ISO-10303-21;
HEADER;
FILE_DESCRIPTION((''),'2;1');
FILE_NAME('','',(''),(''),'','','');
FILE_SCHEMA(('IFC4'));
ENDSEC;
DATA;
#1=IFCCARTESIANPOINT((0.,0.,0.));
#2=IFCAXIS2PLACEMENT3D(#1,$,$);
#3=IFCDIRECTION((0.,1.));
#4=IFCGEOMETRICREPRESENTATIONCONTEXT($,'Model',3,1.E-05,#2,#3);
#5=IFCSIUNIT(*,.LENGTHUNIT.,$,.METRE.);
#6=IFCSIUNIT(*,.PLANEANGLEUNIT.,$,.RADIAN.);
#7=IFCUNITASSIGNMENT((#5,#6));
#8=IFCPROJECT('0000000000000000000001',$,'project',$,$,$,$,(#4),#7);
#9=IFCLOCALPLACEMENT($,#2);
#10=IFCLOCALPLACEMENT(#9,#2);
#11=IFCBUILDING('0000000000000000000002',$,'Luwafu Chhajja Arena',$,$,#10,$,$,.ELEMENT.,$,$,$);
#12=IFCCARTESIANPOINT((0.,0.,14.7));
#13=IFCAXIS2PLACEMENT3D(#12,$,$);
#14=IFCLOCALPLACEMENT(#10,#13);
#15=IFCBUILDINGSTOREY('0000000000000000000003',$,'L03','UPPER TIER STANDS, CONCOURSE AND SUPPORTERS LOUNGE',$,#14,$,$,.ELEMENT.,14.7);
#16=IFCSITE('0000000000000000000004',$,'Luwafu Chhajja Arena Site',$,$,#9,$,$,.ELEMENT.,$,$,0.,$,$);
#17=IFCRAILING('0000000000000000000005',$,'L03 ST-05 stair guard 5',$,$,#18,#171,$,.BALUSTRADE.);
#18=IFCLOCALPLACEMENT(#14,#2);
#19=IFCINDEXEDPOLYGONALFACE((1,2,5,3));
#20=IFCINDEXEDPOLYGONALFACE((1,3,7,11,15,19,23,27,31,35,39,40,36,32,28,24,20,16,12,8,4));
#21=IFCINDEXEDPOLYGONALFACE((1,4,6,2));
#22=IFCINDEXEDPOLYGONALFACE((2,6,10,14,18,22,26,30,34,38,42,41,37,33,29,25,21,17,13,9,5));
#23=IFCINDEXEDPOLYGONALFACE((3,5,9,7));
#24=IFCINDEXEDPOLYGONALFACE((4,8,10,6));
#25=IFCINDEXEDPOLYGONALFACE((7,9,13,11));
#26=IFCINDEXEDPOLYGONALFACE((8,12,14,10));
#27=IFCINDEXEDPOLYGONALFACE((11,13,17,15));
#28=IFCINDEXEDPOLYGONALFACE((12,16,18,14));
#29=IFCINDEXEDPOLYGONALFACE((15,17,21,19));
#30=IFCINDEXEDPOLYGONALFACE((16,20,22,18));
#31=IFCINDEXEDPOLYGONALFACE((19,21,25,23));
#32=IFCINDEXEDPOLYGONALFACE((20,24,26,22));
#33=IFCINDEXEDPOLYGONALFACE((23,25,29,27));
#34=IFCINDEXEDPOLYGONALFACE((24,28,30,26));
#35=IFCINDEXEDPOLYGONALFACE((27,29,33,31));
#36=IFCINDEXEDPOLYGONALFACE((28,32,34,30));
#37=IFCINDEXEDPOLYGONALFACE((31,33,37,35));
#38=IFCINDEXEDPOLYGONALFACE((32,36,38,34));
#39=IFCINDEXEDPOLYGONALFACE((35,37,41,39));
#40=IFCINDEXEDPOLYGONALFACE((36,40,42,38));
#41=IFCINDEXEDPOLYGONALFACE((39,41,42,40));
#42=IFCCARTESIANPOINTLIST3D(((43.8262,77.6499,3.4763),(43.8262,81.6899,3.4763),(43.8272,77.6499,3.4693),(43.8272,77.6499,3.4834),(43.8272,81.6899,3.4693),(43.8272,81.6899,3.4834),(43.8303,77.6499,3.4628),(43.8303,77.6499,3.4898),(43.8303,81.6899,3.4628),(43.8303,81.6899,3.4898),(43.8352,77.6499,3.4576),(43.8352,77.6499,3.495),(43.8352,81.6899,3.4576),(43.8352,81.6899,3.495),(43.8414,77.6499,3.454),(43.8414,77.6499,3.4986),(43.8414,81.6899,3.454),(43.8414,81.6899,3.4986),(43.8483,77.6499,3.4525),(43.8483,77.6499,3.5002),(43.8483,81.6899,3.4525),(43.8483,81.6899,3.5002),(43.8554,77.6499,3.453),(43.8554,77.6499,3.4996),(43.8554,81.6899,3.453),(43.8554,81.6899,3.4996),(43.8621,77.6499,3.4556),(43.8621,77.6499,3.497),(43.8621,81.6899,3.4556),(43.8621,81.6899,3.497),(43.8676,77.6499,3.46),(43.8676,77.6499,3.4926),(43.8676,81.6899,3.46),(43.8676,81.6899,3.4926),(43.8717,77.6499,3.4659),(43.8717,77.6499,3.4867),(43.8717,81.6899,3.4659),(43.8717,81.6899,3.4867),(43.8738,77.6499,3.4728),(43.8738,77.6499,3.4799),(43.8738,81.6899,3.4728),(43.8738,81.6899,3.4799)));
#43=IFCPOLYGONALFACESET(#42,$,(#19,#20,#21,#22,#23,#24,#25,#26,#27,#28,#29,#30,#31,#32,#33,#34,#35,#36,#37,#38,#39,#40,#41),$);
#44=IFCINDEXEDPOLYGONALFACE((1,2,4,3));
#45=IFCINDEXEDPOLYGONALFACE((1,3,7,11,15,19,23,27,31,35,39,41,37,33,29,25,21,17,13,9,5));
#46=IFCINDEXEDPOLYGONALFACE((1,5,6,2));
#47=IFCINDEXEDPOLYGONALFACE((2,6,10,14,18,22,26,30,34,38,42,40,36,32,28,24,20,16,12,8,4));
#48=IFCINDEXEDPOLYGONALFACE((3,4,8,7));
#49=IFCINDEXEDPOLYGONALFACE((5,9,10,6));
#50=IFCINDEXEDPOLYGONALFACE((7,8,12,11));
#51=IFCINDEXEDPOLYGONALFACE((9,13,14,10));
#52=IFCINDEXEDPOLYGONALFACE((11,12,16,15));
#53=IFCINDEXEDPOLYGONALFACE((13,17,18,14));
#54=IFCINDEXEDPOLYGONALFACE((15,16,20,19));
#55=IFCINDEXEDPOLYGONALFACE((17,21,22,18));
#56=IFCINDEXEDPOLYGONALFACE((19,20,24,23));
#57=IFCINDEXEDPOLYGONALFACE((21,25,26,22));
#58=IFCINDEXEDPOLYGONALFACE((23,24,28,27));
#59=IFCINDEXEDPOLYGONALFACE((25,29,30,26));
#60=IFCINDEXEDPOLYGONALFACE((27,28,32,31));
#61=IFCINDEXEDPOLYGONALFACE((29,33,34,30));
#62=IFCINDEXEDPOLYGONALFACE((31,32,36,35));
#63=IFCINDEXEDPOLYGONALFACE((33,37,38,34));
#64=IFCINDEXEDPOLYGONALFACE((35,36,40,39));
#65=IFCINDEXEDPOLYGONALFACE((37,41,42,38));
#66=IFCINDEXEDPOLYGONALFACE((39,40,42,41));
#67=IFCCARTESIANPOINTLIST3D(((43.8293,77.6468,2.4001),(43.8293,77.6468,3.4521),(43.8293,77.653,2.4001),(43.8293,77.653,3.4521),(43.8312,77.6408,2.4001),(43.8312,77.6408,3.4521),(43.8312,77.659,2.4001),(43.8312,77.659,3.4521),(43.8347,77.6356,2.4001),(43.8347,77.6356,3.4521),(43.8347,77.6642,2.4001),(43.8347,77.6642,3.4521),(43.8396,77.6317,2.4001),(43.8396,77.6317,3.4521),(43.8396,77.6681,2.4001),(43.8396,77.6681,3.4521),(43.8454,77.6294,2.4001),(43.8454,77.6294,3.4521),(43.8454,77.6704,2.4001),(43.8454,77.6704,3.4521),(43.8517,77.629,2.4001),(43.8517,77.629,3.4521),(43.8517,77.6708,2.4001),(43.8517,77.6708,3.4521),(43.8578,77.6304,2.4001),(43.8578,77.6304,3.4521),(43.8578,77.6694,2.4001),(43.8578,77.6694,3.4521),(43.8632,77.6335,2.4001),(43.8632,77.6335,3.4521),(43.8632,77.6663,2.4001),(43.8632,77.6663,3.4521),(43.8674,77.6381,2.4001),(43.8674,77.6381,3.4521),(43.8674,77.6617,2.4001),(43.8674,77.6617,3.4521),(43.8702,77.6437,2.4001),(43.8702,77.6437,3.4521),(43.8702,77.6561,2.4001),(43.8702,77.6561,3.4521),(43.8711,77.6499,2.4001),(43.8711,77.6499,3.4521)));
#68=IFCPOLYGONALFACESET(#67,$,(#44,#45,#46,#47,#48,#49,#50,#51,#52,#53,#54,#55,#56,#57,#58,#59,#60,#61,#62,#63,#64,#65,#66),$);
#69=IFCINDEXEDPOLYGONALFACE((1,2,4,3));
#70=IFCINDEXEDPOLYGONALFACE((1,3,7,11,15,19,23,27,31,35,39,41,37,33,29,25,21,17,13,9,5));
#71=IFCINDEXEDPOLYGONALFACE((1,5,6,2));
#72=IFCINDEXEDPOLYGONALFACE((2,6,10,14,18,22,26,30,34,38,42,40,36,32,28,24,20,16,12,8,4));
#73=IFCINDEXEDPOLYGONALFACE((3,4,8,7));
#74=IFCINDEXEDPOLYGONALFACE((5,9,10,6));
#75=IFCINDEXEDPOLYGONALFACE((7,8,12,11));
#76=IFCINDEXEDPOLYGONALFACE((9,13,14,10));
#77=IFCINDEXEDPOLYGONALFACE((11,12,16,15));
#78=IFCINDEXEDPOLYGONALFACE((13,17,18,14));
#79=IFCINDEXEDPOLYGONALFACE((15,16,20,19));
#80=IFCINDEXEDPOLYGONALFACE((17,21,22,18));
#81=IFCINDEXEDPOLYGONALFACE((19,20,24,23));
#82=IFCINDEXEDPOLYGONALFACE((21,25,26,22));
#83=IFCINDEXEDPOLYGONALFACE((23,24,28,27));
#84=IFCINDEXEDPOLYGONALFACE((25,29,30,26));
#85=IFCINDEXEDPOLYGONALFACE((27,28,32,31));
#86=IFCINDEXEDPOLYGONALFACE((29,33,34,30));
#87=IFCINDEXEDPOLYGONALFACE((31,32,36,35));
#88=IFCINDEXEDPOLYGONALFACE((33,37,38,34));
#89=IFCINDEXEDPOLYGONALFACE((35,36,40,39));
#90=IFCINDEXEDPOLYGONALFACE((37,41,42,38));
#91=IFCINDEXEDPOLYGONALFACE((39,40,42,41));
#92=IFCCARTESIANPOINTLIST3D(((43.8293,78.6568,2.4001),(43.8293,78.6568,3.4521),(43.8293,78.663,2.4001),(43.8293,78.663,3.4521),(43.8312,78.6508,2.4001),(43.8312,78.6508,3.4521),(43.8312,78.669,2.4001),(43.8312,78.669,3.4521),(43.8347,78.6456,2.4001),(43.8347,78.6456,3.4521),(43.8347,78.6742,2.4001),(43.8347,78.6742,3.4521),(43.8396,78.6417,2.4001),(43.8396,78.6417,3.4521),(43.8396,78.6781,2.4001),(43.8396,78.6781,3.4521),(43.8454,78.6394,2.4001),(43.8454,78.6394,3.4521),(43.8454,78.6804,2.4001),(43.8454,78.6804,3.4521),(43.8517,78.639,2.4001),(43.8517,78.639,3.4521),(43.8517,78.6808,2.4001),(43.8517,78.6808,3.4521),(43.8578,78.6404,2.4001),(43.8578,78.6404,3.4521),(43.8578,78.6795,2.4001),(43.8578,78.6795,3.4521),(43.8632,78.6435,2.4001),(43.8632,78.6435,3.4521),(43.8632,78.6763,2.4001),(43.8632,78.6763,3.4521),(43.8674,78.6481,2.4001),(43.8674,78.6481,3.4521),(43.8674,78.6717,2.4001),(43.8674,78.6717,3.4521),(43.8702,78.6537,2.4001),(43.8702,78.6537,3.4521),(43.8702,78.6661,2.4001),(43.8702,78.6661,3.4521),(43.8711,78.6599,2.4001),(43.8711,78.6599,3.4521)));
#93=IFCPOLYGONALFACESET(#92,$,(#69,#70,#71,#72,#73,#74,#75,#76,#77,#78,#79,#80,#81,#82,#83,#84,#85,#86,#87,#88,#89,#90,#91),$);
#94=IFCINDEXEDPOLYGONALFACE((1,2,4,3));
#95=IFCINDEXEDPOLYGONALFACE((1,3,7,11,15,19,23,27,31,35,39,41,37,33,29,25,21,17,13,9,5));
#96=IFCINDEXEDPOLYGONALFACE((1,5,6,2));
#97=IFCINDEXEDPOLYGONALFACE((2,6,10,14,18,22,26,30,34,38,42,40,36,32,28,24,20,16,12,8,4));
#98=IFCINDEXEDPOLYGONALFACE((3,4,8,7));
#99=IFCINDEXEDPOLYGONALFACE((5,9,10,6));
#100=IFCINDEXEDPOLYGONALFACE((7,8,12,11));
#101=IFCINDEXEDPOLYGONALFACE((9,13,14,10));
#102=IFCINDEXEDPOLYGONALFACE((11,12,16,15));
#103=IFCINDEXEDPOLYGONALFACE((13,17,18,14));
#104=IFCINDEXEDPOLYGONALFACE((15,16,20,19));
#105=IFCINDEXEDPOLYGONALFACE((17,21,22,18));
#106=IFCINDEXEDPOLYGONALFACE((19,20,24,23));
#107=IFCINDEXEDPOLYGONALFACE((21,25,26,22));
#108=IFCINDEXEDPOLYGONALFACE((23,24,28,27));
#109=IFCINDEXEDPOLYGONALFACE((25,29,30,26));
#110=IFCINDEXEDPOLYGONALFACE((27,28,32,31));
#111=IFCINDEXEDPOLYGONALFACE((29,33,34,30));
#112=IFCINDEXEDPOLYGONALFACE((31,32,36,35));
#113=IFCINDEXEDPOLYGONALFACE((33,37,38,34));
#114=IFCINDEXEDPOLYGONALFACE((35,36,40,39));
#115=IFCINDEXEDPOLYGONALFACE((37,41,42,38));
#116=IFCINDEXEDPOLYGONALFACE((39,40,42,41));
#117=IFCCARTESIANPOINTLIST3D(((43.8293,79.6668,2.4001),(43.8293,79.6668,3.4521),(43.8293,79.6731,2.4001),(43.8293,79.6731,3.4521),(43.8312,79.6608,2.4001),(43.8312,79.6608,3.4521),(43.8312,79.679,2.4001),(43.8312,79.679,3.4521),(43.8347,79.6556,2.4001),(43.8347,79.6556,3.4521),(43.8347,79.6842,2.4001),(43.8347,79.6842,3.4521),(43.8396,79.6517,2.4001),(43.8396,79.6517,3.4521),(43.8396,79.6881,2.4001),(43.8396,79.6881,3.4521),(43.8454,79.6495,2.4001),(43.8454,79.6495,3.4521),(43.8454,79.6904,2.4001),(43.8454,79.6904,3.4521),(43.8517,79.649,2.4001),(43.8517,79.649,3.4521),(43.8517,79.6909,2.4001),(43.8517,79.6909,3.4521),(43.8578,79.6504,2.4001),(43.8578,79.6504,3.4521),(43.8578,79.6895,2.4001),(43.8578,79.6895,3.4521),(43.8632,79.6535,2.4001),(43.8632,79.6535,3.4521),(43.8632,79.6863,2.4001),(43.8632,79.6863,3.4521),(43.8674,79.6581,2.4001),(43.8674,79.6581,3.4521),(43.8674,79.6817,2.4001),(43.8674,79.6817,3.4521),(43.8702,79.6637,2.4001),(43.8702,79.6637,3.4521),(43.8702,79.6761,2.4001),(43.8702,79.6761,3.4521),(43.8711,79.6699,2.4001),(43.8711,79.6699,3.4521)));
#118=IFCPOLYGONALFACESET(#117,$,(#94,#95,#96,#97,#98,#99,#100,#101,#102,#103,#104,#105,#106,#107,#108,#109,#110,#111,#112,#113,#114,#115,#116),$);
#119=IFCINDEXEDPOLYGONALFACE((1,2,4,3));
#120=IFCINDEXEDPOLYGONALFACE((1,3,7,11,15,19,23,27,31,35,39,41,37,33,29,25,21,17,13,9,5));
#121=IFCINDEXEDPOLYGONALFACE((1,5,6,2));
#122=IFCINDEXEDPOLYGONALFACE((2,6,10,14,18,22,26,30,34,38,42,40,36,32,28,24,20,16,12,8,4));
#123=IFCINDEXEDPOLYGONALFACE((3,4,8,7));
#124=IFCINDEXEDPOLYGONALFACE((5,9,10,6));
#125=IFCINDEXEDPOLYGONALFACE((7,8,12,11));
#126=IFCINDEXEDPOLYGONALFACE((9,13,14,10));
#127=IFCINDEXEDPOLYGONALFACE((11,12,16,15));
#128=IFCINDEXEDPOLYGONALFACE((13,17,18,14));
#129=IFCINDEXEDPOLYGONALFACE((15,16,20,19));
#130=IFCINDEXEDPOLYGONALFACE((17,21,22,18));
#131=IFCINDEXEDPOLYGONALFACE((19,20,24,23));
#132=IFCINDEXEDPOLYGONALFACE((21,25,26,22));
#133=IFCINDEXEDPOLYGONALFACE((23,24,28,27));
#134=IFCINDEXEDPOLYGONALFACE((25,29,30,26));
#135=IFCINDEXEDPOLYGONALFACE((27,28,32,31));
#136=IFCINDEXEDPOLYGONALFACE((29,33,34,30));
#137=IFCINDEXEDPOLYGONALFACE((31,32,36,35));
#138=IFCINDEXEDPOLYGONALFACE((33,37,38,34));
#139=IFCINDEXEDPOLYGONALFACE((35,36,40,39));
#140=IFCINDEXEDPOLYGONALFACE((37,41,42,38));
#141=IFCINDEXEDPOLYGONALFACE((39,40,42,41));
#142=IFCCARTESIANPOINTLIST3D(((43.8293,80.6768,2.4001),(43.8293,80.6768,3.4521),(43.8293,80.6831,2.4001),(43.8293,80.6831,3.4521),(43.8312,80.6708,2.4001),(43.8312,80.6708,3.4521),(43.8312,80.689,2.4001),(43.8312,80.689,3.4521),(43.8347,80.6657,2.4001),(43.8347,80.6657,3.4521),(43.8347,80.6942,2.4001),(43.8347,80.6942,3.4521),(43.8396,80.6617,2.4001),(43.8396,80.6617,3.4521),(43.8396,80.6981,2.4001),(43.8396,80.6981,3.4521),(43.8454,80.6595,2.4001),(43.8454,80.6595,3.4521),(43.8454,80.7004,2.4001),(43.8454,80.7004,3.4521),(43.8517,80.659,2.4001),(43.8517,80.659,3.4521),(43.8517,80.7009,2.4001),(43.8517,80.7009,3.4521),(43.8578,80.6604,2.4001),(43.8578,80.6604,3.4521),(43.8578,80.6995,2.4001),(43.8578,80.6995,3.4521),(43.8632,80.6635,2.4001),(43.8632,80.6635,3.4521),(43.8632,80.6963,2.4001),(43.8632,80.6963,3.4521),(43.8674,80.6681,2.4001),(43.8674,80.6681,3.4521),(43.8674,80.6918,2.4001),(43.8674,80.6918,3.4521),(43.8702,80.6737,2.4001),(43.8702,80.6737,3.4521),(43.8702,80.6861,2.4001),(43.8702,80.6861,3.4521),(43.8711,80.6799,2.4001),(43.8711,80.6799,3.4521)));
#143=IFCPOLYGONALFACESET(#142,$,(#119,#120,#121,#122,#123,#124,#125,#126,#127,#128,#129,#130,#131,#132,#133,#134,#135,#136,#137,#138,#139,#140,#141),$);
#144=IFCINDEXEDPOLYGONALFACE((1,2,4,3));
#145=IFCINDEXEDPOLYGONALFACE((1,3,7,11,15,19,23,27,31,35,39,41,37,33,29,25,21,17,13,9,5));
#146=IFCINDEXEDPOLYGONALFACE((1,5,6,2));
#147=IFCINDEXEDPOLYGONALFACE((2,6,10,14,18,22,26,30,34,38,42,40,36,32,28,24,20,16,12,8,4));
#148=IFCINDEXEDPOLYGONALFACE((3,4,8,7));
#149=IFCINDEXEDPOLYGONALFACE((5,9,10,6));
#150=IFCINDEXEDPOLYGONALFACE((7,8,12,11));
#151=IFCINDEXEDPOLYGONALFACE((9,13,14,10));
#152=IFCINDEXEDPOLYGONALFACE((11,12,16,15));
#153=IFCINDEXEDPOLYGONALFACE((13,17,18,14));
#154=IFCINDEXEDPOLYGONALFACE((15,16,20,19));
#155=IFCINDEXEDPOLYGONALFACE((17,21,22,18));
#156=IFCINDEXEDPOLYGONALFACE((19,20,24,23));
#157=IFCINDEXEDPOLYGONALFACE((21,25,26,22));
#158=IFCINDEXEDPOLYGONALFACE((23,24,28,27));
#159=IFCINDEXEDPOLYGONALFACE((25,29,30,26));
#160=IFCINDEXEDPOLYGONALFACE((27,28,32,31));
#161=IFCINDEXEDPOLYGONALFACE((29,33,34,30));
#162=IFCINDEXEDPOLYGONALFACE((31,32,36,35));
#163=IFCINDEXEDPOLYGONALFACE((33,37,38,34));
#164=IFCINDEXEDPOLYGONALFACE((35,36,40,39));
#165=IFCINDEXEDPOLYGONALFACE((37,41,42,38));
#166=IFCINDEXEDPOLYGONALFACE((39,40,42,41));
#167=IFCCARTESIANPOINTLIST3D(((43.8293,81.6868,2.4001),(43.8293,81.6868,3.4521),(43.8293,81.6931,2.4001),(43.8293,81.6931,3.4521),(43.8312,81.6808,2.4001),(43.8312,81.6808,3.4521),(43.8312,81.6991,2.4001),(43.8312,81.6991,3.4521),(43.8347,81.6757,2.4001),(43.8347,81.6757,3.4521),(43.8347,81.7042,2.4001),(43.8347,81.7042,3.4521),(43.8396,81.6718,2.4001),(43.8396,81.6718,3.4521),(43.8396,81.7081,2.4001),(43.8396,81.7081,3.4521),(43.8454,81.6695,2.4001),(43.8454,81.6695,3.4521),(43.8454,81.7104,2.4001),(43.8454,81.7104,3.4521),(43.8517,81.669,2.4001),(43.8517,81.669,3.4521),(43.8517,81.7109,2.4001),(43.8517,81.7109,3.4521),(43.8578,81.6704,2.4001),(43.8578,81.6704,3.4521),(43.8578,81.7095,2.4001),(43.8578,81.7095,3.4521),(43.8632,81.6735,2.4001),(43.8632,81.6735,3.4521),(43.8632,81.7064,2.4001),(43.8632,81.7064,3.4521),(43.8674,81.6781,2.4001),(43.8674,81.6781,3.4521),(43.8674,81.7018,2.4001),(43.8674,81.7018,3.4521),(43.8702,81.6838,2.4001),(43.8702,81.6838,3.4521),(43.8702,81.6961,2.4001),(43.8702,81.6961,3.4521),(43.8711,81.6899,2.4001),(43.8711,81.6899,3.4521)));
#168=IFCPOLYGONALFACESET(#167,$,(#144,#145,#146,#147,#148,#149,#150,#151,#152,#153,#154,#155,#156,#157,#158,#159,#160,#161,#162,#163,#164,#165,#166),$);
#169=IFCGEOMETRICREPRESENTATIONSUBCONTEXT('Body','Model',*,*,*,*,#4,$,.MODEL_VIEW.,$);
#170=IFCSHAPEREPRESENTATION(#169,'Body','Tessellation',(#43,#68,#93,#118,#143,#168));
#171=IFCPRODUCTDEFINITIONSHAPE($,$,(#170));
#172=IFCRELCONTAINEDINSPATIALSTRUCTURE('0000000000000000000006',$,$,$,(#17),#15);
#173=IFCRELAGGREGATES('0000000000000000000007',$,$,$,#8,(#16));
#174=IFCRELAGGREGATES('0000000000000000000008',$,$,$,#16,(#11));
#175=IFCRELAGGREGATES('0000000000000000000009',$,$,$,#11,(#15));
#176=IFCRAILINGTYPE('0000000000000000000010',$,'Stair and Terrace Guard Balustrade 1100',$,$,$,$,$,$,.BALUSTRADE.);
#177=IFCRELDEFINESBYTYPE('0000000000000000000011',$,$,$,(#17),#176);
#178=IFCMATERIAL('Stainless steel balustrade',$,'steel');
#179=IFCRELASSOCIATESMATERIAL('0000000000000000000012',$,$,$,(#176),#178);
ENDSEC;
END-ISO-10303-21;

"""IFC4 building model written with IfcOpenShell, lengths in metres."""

from ifc_helpers import new_model, si_unit, direction, frame, origin, origin_2d, place, context, subcontext, project, spatial, circle, extrude, material, type_object, element, save


model = new_model("IFC4")

# Units and contexts
model_context = context("Model", 3, precision=1e-05, world=origin(), true_north=direction((0.0, 1.0)))
body_context = subcontext(model_context, "Body", "Model", "MODEL_VIEW")
ifc_project = project(units=[si_unit("LENGTHUNIT", "METRE"), si_unit("PLANEANGLEUNIT", "RADIAN")], contexts=[model_context])

# Site, building, storey
site_placement = place(None, origin())
site = spatial("IfcSite", under=ifc_project, at=site_placement, Name="Luwafu Chhajja Arena Site", CompositionType="ELEMENT", RefElevation=0.0)
building_placement = place(site_placement, origin())
building = spatial("IfcBuilding", under=site, at=building_placement, Name="Luwafu Chhajja Arena", CompositionType="ELEMENT")
storey_placement = place(building_placement, frame((0.0, 0.0, 14.7)))
storey = spatial("IfcBuildingStorey", under=building, at=storey_placement, Name="L03", Description="UPPER TIER STANDS, CONCOURSE AND SUPPORTERS LOUNGE", CompositionType="ELEMENT", Elevation=14.7)

# Railing
ifc_material_1 = material(Name="Stainless steel balustrade", Category="steel")
railing_type_1 = type_object("IfcRailingType", Name="Stair and Terrace Guard Balustrade 1100", PredefinedType="BALUSTRADE", material=ifc_material_1)
railing_1_placement = place(storey_placement, frame((43.8501, 77.6499, 2.4001)))
element("IfcRailing", 1, at=railing_1_placement, inside=storey, type_object=railing_type_1, Name="L03 ST-05 stair guard 5", PredefinedType="BALUSTRADE", context=body_context, shape_type="SweptSolid", body=[
    extrude(circle(Radius=0.0239, at=origin_2d()), frame((0.0, 0.0, 1.0762), z_axis=(0.0, 1.0, 0.0), x_axis=(-1.0, 0.0, 0.0)), (0.0, 0.0, 1.0), 4.04),
    extrude(circle(Radius=0.021, at=origin_2d()), origin(), (0.0, 0.0, 1.0), 1.052),
    extrude(circle(Radius=0.021, at=origin_2d()), frame((0.0, 1.01, 0.0)), (0.0, 0.0, 1.0), 1.052),
    extrude(circle(Radius=0.021, at=origin_2d()), frame((0.0, 2.02, 0.0)), (0.0, 0.0, 1.0), 1.052),
    extrude(circle(Radius=0.021, at=origin_2d()), frame((0.0, 3.03, 0.0)), (0.0, 0.0, 1.0), 1.052),
    extrude(circle(Radius=0.021, at=origin_2d()), frame((0.0, 4.04, 0.0)), (0.0, 0.0, 1.0), 1.052),
])

save(model, "model.ifc")
